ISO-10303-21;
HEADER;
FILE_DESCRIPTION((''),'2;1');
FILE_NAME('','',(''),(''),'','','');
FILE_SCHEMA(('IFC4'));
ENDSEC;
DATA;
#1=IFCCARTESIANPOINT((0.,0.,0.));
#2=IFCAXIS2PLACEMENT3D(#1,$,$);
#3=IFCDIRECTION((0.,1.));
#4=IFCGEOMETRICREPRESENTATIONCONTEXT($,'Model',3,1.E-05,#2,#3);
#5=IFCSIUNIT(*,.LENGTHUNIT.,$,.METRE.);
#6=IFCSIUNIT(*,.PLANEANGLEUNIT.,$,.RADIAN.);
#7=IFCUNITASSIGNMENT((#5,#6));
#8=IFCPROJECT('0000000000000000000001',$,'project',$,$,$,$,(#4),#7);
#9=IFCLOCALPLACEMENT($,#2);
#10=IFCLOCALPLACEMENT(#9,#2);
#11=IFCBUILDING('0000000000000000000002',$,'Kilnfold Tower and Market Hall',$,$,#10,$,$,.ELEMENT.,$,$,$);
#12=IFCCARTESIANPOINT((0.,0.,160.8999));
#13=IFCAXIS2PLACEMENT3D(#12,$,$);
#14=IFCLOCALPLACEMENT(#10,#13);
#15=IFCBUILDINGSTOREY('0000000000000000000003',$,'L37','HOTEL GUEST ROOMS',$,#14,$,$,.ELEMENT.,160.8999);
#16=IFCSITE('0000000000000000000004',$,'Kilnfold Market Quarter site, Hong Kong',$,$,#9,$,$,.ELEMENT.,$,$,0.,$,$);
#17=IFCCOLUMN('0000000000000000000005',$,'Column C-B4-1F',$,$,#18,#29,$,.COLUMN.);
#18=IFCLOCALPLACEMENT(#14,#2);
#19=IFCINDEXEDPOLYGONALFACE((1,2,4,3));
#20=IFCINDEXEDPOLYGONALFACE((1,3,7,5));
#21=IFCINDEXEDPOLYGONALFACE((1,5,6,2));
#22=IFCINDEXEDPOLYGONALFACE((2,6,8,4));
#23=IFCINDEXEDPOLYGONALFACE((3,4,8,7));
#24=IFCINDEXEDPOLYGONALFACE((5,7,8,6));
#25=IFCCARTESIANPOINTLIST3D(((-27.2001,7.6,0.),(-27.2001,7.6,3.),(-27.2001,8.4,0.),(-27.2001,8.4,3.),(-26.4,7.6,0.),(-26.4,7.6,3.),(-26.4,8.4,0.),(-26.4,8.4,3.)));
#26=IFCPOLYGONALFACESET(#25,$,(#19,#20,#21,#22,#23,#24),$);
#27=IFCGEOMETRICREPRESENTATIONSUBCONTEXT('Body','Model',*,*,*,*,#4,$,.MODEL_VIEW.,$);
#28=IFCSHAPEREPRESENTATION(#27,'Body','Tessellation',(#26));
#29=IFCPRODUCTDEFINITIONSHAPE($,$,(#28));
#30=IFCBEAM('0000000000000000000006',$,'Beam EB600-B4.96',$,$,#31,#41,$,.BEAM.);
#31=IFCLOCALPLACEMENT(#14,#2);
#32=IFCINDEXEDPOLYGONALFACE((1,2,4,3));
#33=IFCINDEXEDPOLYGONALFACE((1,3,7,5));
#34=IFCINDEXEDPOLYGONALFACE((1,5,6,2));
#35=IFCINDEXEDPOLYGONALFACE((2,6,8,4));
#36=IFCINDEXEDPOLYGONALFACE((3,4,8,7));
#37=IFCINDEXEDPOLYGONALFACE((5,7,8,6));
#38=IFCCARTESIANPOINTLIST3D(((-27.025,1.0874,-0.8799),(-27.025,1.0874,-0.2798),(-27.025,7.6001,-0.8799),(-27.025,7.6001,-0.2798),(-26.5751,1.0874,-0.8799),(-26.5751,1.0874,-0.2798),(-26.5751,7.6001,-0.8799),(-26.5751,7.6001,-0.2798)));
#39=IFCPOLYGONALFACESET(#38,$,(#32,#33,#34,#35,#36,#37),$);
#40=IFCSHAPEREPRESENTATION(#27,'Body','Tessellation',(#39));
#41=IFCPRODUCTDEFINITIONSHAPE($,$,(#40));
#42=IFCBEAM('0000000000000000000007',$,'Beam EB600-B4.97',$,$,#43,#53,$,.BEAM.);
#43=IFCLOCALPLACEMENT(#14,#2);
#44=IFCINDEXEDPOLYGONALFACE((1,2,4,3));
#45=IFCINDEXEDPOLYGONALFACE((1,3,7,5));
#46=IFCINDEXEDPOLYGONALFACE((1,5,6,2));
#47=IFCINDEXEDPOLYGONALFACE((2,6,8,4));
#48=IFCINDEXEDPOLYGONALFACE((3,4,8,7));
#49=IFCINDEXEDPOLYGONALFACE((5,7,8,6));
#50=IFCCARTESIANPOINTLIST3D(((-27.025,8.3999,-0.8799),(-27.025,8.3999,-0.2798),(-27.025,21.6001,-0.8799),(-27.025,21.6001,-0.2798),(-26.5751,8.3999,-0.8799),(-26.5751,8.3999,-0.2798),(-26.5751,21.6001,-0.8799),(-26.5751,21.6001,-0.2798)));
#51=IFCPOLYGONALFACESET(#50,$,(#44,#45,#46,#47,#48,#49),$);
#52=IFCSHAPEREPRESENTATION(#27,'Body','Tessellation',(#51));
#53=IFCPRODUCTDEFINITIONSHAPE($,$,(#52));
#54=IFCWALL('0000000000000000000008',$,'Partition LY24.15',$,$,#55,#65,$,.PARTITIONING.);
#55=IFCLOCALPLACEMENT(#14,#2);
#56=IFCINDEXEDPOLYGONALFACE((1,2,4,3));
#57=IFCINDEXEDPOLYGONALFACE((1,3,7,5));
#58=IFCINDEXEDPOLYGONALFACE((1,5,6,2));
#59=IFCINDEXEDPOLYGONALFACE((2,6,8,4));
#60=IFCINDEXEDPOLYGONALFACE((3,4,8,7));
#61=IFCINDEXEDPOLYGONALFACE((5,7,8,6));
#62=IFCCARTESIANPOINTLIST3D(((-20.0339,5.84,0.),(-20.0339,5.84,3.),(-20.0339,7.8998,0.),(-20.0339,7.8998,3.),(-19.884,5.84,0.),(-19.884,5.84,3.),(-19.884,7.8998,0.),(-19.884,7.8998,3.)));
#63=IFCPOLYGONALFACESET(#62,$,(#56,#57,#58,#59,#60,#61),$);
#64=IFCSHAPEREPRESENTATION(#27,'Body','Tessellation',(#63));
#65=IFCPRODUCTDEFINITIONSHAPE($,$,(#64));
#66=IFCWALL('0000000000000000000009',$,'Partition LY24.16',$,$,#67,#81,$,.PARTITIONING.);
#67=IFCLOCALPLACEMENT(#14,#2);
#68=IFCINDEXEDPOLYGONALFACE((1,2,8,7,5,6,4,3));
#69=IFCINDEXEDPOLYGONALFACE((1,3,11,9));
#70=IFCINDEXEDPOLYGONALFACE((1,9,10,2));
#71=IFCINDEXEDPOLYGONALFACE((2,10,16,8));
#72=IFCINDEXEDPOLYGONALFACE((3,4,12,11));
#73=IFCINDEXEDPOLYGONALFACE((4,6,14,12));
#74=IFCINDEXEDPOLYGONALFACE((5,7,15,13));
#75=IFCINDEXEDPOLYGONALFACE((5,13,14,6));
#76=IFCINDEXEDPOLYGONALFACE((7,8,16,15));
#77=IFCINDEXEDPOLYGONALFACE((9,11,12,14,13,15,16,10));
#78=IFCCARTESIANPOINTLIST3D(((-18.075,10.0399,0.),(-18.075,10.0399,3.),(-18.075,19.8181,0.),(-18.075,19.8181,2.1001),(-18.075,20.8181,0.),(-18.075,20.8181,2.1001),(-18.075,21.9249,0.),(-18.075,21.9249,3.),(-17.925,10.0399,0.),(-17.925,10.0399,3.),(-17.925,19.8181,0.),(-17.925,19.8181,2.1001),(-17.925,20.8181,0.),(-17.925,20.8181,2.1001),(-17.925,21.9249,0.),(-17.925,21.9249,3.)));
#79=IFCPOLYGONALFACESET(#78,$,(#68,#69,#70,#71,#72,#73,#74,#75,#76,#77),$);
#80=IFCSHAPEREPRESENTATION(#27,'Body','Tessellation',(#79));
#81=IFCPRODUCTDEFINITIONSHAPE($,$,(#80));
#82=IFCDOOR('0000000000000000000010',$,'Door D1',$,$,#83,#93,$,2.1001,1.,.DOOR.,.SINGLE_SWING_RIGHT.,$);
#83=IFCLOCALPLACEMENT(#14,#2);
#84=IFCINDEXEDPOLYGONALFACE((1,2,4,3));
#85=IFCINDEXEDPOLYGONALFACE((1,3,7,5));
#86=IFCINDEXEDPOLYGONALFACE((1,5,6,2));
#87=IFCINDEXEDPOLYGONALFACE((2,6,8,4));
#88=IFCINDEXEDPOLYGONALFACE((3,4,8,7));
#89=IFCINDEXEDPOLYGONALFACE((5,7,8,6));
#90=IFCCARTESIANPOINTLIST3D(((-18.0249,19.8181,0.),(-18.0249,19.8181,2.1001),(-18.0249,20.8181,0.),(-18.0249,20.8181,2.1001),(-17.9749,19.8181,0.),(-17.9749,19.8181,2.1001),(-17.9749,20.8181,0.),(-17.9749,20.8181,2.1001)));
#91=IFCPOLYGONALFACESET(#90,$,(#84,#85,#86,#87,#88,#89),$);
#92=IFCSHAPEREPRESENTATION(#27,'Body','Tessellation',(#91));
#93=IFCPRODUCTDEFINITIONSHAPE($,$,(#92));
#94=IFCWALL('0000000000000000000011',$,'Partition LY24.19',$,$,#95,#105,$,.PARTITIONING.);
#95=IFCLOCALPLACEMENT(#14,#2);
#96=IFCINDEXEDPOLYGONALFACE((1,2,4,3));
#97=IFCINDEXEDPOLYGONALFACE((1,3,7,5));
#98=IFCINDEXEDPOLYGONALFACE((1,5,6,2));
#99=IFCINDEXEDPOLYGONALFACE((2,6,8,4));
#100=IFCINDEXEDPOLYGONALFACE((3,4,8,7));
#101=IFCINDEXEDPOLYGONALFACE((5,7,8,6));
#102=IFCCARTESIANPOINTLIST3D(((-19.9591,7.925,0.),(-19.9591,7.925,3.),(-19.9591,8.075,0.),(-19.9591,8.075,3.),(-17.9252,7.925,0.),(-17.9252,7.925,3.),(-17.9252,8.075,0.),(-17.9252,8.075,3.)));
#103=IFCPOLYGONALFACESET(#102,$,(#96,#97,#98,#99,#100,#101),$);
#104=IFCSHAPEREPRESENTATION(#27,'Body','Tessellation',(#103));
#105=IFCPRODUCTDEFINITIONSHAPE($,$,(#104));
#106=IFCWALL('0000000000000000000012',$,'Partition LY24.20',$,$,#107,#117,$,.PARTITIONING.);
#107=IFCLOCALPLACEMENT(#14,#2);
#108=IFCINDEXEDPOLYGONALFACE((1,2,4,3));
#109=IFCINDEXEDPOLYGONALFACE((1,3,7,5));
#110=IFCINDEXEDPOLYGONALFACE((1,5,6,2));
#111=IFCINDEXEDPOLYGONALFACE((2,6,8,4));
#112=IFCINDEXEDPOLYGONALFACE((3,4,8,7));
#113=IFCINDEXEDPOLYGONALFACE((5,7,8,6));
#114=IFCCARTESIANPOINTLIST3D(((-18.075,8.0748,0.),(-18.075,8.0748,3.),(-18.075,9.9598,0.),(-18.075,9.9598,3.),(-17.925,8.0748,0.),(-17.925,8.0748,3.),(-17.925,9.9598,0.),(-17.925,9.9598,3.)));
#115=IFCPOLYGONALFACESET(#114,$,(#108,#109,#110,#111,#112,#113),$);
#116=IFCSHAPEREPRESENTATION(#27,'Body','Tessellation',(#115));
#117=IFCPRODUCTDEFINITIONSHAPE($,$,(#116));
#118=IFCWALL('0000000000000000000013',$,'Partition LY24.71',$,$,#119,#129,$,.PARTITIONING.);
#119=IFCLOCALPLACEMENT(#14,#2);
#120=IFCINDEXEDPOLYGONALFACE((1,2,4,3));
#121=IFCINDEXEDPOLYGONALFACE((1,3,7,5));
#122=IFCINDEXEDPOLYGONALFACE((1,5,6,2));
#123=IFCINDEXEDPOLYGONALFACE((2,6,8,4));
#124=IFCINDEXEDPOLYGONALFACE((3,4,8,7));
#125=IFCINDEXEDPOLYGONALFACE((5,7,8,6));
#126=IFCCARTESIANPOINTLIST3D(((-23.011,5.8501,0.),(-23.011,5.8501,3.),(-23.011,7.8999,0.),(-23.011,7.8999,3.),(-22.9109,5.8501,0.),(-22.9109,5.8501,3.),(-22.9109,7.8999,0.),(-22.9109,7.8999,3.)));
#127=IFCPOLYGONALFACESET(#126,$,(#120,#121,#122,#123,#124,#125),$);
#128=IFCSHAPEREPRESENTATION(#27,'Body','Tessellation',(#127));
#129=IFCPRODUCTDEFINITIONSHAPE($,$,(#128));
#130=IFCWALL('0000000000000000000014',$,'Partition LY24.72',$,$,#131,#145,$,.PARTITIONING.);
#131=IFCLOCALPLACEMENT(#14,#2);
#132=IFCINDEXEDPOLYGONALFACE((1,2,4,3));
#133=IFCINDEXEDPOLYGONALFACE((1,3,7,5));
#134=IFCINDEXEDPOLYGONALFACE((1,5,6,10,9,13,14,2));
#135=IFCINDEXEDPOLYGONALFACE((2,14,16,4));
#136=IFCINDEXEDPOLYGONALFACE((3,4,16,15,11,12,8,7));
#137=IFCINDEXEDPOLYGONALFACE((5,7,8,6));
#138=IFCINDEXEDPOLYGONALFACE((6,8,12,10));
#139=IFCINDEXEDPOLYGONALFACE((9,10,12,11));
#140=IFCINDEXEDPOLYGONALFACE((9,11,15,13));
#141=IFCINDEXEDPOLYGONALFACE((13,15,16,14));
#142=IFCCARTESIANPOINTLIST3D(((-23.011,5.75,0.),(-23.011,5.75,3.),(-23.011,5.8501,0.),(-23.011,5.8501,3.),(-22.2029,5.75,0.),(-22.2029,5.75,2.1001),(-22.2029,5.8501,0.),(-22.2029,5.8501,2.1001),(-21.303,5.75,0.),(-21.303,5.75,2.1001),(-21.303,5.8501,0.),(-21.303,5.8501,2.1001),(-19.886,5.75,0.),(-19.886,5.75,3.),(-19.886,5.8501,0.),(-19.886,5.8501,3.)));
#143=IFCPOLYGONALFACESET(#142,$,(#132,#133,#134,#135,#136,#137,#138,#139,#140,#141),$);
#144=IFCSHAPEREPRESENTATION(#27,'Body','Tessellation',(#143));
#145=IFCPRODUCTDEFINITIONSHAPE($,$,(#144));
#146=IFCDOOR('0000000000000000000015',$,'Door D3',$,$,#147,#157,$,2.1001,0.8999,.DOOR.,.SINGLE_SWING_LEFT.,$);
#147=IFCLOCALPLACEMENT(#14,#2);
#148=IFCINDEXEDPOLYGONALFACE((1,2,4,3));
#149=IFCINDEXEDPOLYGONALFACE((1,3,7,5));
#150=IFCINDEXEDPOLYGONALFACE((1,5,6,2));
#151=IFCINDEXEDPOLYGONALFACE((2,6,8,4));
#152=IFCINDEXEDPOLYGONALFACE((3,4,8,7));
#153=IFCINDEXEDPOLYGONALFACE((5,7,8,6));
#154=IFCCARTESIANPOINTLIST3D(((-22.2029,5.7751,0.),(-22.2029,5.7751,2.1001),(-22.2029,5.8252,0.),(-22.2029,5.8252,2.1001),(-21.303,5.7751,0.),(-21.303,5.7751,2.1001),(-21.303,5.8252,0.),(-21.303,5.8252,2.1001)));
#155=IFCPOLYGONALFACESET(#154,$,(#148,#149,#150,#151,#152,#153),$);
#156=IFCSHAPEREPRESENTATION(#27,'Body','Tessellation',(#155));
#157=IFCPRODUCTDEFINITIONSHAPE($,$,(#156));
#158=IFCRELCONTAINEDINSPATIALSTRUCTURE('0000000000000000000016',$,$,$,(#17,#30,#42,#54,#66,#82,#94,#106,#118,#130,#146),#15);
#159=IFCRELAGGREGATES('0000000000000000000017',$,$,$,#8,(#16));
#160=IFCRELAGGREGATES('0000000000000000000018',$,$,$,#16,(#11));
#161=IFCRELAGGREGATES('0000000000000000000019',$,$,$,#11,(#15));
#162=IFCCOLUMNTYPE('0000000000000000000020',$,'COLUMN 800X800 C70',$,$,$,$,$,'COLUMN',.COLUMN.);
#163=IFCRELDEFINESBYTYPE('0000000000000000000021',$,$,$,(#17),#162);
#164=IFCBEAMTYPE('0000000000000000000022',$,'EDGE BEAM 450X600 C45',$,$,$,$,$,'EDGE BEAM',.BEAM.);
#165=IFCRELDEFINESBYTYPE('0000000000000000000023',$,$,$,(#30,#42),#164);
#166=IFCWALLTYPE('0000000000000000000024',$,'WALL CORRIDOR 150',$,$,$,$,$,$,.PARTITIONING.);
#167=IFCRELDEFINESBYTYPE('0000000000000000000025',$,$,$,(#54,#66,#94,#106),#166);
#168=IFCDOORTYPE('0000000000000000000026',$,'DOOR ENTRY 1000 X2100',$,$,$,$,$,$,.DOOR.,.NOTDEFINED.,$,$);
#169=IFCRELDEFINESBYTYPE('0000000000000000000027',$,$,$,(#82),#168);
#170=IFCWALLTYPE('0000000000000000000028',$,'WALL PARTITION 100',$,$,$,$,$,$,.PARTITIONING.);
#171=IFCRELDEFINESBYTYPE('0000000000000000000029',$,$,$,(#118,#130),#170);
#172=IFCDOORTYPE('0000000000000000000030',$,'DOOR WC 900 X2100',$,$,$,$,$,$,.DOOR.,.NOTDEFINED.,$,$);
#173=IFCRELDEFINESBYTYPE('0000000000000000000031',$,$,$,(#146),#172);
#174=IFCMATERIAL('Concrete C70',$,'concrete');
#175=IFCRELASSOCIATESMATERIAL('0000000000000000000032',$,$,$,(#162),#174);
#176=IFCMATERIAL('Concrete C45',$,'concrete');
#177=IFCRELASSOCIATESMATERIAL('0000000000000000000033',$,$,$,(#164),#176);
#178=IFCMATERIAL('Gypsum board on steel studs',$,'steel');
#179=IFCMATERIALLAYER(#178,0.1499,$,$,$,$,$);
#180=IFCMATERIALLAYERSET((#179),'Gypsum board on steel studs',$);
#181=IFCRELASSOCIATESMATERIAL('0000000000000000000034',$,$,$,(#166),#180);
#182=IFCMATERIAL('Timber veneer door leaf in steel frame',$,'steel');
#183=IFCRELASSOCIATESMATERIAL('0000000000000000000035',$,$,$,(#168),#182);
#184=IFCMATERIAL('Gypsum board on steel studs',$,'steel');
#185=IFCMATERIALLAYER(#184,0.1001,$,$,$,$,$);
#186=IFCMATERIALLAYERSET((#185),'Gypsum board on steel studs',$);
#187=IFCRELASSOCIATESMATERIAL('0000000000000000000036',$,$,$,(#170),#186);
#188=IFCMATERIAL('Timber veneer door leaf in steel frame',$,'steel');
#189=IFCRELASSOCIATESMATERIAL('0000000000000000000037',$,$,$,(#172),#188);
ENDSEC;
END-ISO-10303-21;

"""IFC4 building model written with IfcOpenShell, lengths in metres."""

from ifc_helpers import new_model, si_unit, direction, frame, frame_2d, origin, origin_2d, place, context, subcontext, project, spatial, rectangle, extrude, source, transform, mapped, material, layer, layer_set, material_profile, profile_set, type_object, element, fill, save


model = new_model("IFC4")

# Units and contexts
model_context = context("Model", 3, precision=1e-05, world=origin(), true_north=direction((0.0, 1.0)))
body_context = subcontext(model_context, "Body", "Model", "MODEL_VIEW")
ifc_project = project(units=[si_unit("LENGTHUNIT", "METRE"), si_unit("PLANEANGLEUNIT", "RADIAN")], contexts=[model_context])

# Site, building, storey
site_placement = place(None, origin())
site = spatial("IfcSite", under=ifc_project, at=site_placement, Name="Kilnfold Market Quarter site, Hong Kong", CompositionType="ELEMENT", RefElevation=0.0)
building_placement = place(site_placement, origin())
building = spatial("IfcBuilding", under=site, at=building_placement, Name="Kilnfold Tower and Market Hall", CompositionType="ELEMENT")
storey_placement = place(building_placement, frame((0.0, 0.0, 160.8999)))
storey = spatial("IfcBuildingStorey", under=building, at=storey_placement, Name="L37", Description="HOTEL GUEST ROOMS", CompositionType="ELEMENT", Elevation=160.8999)

# Column
ifc_material_1 = material(Name="Concrete C70", Category="concrete")
ifc_material_profile_1 = material_profile(ifc_material_1, rectangle(XDim=0.8, YDim=0.8, at=origin_2d()), Name="RC 800x800")
ifc_profile_set_1 = profile_set([ifc_material_profile_1], Name="Concrete C70")
column_type = type_object("IfcColumnType", Name="COLUMN 800X800 C70", ElementType="COLUMN", PredefinedType="COLUMN", material=ifc_profile_set_1)
shared_shape_1 = source(origin(), body_context, "Body", "SweptSolid", [
    extrude(rectangle(XDim=0.8, YDim=0.8, at=origin_2d()), origin(), (0.0, 0.0, 1.0), 3.0),
])
column_placement = place(storey_placement, frame((-26.8, 8.0, 0.0), z_axis=(0.0, 0.0, 1.0), x_axis=(1.0, 0.0, 0.0)))
element("IfcColumn", 1, at=column_placement, inside=storey, type_object=column_type, Name="Column C-B4-1F", PredefinedType="COLUMN", context=body_context, shape_type="MappedRepresentation", body=[
    mapped(shared_shape_1, transform((0.0, 0.0, 0.0))),
])

# Beams
ifc_material_2 = material(Name="Concrete C45", Category="concrete")
ifc_material_profile_2 = material_profile(ifc_material_2, rectangle(XDim=0.45, YDim=0.6001, at=origin_2d()), Name="RC 450x600")
ifc_profile_set_2 = profile_set([ifc_material_profile_2], Name="Concrete C45")
beam_type = type_object("IfcBeamType", Name="EDGE BEAM 450X600 C45", ElementType="EDGE BEAM", PredefinedType="BEAM", material=ifc_profile_set_2)
shared_shape_2 = source(origin(), body_context, "Body", "SweptSolid", [
    extrude(rectangle(XDim=0.45, YDim=0.6001, at=origin_2d()), origin(), (0.0, 0.0, 1.0), 6.5127),
])
beam_1_placement = place(storey_placement, frame((-26.8, 1.0874, -0.5798), z_axis=(0.0, 1.0, 0.0), x_axis=(-1.0, 0.0, 0.0)))
element("IfcBeam", 2, at=beam_1_placement, inside=storey, type_object=beam_type, Name="Beam EB600-B4.96", PredefinedType="BEAM", context=body_context, shape_type="MappedRepresentation", body=[
    mapped(shared_shape_2, transform((0.0, 0.0, 0.0))),
])
shared_shape_3 = source(origin(), body_context, "Body", "SweptSolid", [
    extrude(rectangle(XDim=0.45, YDim=0.6001, at=origin_2d()), origin(), (0.0, 0.0, 1.0), 13.2002),
])
beam_2_placement = place(storey_placement, frame((-26.8, 8.3999, -0.5798), z_axis=(0.0, 1.0, 0.0), x_axis=(-1.0, 0.0, 0.0)))
element("IfcBeam", 3, at=beam_2_placement, inside=storey, type_object=beam_type, Name="Beam EB600-B4.97", PredefinedType="BEAM", context=body_context, shape_type="MappedRepresentation", body=[
    mapped(shared_shape_3, transform((0.0, 0.0, 0.0))),
])

# Wall
ifc_material_3 = material(Name="Gypsum board on steel studs", Category="steel")
ifc_layer_1 = layer(ifc_material_3, 0.1499)
ifc_layer_set_1 = layer_set([ifc_layer_1], Name="Gypsum board on steel studs")
wall_type_1 = type_object("IfcWallType", Name="WALL CORRIDOR 150", PredefinedType="PARTITIONING", material=ifc_layer_set_1)
wall_1_placement = place(storey_placement, frame((-19.959, 5.8401, 0.0), z_axis=(0.0, 0.0, 1.0), x_axis=(0.0, 1.0, 0.0)))
element("IfcWall", 4, at=wall_1_placement, inside=storey, type_object=wall_type_1, Name="Partition LY24.15", PredefinedType="PARTITIONING", context=body_context, shape_type="SweptSolid", body=[
    extrude(rectangle(XDim=2.0598, YDim=0.1499, at=frame_2d((1.0298, 0.0))), origin(), (0.0, 0.0, 1.0), 3.0),
])

# Wall, opening, door
wall_2_placement = place(storey_placement, frame((-18.0, 10.04, 0.0), z_axis=(0.0, 0.0, 1.0), x_axis=(0.0, 1.0, 0.0)))
wall_2 = element("IfcWall", 5, at=wall_2_placement, inside=storey, type_object=wall_type_1, Name="Partition LY24.16", PredefinedType="PARTITIONING", context=body_context, shape_type="SweptSolid", body=[
    extrude(rectangle(XDim=11.885, YDim=0.1499, at=frame_2d((5.9424, 0.0))), origin(), (0.0, 0.0, 1.0), 3.0),
])
opening_1_placement = place(wall_2_placement, frame((9.7781, 0.0, 0.0)))
opening_1 = element("IfcOpeningElement", 6, at=opening_1_placement, cuts=wall_2, PredefinedType="OPENING", context=body_context, shape_type="SweptSolid", body=[
    extrude(rectangle(XDim=1.0, YDim=2.1001, at=frame_2d((0.5, 1.05))), frame((0.0, 0.085, 0.0), z_axis=(0.0, -1.0, 0.0), x_axis=(1.0, 0.0, 0.0)), (0.0, 0.0, 1.0), 0.1699),
])
ifc_material_4 = material(Name="Timber veneer door leaf in steel frame", Category="steel")
door_type_1 = type_object("IfcDoorType", Name="DOOR ENTRY 1000 X2100", OperationType="NOTDEFINED", PredefinedType="DOOR", material=ifc_material_4)
door_1_placement = place(opening_1_placement, origin())
door_1 = element("IfcDoor", 7, at=door_1_placement, inside=storey, type_object=door_type_1, Name="Door D1", OperationType="SINGLE_SWING_RIGHT", OverallHeight=2.1001, OverallWidth=1.0, PredefinedType="DOOR", context=body_context, shape_type="SweptSolid", body=[
    extrude(rectangle(XDim=1.0, YDim=2.1001, at=frame_2d((0.5, 1.05))), frame((0.0, 0.0249, 0.0), z_axis=(0.0, -1.0, 0.0), x_axis=(1.0, 0.0, 0.0)), (0.0, 0.0, 1.0), 0.05),
])
fill(opening_1, door_1)

# Walls
wall_3_placement = place(storey_placement, frame((-17.925, 8.0, 0.0), z_axis=(0.0, 0.0, 1.0), x_axis=(-1.0, 0.0, 0.0)))
element("IfcWall", 8, at=wall_3_placement, inside=storey, type_object=wall_type_1, Name="Partition LY24.19", PredefinedType="PARTITIONING", context=body_context, shape_type="SweptSolid", body=[
    extrude(rectangle(XDim=2.0339, YDim=0.1499, at=frame_2d((1.0171, 0.0))), origin(), (0.0, 0.0, 1.0), 3.0),
])
wall_4_placement = place(storey_placement, frame((-18.0, 8.075, 0.0), z_axis=(0.0, 0.0, 1.0), x_axis=(0.0, 1.0, 0.0)))
element("IfcWall", 9, at=wall_4_placement, inside=storey, type_object=wall_type_1, Name="Partition LY24.20", PredefinedType="PARTITIONING", context=body_context, shape_type="SweptSolid", body=[
    extrude(rectangle(XDim=1.885, YDim=0.1499, at=frame_2d((0.9424, 0.0))), origin(), (0.0, 0.0, 1.0), 3.0),
])
ifc_material_5 = material(Name="Gypsum board on steel studs", Category="steel")
ifc_layer_2 = layer(ifc_material_5, 0.1001)
ifc_layer_set_2 = layer_set([ifc_layer_2], Name="Gypsum board on steel studs")
wall_type_2 = type_object("IfcWallType", Name="WALL PARTITION 100", PredefinedType="PARTITIONING", material=ifc_layer_set_2)
wall_5_placement = place(storey_placement, frame((-22.9609, 5.8501, 0.0), z_axis=(0.0, 0.0, 1.0), x_axis=(0.0, 1.0, 0.0)))
element("IfcWall", 10, at=wall_5_placement, inside=storey, type_object=wall_type_2, Name="Partition LY24.71", PredefinedType="PARTITIONING", context=body_context, shape_type="SweptSolid", body=[
    extrude(rectangle(XDim=2.0498, YDim=0.1001, at=frame_2d((1.0249, 0.0))), origin(), (0.0, 0.0, 1.0), 3.0),
])

# Wall, opening, door
wall_6_placement = place(storey_placement, frame((-19.886, 5.8, 0.0), z_axis=(0.0, 0.0, 1.0), x_axis=(-1.0, 0.0, 0.0)))
wall_6 = element("IfcWall", 11, at=wall_6_placement, inside=storey, type_object=wall_type_2, Name="Partition LY24.72", PredefinedType="PARTITIONING", context=body_context, shape_type="SweptSolid", body=[
    extrude(rectangle(XDim=3.125, YDim=0.1001, at=frame_2d((1.5625, 0.0))), origin(), (0.0, 0.0, 1.0), 3.0),
])
opening_2_placement = place(wall_6_placement, frame((1.417, 0.0, 0.0)))
opening_2 = element("IfcOpeningElement", 12, at=opening_2_placement, cuts=wall_6, PredefinedType="OPENING", context=body_context, shape_type="SweptSolid", body=[
    extrude(rectangle(XDim=0.8999, YDim=2.1001, at=frame_2d((0.45, 1.05))), frame((0.0, 0.0601, 0.0), z_axis=(0.0, -1.0, 0.0), x_axis=(1.0, 0.0, 0.0)), (0.0, 0.0, 1.0), 0.1201),
])
ifc_material_6 = material(Name="Timber veneer door leaf in steel frame", Category="steel")
door_type_2 = type_object("IfcDoorType", Name="DOOR WC 900 X2100", OperationType="NOTDEFINED", PredefinedType="DOOR", material=ifc_material_6)
door_2_placement = place(opening_2_placement, origin())
door_2 = element("IfcDoor", 13, at=door_2_placement, inside=storey, type_object=door_type_2, Name="Door D3", OperationType="SINGLE_SWING_LEFT", OverallHeight=2.1001, OverallWidth=0.8999, PredefinedType="DOOR", context=body_context, shape_type="SweptSolid", body=[
    extrude(rectangle(XDim=0.8999, YDim=2.1001, at=frame_2d((0.45, 1.05))), frame((0.0, 0.0249, 0.0), z_axis=(0.0, -1.0, 0.0), x_axis=(1.0, 0.0, 0.0)), (0.0, 0.0, 1.0), 0.05),
])
fill(opening_2, door_2)

save(model, "model.ifc")
